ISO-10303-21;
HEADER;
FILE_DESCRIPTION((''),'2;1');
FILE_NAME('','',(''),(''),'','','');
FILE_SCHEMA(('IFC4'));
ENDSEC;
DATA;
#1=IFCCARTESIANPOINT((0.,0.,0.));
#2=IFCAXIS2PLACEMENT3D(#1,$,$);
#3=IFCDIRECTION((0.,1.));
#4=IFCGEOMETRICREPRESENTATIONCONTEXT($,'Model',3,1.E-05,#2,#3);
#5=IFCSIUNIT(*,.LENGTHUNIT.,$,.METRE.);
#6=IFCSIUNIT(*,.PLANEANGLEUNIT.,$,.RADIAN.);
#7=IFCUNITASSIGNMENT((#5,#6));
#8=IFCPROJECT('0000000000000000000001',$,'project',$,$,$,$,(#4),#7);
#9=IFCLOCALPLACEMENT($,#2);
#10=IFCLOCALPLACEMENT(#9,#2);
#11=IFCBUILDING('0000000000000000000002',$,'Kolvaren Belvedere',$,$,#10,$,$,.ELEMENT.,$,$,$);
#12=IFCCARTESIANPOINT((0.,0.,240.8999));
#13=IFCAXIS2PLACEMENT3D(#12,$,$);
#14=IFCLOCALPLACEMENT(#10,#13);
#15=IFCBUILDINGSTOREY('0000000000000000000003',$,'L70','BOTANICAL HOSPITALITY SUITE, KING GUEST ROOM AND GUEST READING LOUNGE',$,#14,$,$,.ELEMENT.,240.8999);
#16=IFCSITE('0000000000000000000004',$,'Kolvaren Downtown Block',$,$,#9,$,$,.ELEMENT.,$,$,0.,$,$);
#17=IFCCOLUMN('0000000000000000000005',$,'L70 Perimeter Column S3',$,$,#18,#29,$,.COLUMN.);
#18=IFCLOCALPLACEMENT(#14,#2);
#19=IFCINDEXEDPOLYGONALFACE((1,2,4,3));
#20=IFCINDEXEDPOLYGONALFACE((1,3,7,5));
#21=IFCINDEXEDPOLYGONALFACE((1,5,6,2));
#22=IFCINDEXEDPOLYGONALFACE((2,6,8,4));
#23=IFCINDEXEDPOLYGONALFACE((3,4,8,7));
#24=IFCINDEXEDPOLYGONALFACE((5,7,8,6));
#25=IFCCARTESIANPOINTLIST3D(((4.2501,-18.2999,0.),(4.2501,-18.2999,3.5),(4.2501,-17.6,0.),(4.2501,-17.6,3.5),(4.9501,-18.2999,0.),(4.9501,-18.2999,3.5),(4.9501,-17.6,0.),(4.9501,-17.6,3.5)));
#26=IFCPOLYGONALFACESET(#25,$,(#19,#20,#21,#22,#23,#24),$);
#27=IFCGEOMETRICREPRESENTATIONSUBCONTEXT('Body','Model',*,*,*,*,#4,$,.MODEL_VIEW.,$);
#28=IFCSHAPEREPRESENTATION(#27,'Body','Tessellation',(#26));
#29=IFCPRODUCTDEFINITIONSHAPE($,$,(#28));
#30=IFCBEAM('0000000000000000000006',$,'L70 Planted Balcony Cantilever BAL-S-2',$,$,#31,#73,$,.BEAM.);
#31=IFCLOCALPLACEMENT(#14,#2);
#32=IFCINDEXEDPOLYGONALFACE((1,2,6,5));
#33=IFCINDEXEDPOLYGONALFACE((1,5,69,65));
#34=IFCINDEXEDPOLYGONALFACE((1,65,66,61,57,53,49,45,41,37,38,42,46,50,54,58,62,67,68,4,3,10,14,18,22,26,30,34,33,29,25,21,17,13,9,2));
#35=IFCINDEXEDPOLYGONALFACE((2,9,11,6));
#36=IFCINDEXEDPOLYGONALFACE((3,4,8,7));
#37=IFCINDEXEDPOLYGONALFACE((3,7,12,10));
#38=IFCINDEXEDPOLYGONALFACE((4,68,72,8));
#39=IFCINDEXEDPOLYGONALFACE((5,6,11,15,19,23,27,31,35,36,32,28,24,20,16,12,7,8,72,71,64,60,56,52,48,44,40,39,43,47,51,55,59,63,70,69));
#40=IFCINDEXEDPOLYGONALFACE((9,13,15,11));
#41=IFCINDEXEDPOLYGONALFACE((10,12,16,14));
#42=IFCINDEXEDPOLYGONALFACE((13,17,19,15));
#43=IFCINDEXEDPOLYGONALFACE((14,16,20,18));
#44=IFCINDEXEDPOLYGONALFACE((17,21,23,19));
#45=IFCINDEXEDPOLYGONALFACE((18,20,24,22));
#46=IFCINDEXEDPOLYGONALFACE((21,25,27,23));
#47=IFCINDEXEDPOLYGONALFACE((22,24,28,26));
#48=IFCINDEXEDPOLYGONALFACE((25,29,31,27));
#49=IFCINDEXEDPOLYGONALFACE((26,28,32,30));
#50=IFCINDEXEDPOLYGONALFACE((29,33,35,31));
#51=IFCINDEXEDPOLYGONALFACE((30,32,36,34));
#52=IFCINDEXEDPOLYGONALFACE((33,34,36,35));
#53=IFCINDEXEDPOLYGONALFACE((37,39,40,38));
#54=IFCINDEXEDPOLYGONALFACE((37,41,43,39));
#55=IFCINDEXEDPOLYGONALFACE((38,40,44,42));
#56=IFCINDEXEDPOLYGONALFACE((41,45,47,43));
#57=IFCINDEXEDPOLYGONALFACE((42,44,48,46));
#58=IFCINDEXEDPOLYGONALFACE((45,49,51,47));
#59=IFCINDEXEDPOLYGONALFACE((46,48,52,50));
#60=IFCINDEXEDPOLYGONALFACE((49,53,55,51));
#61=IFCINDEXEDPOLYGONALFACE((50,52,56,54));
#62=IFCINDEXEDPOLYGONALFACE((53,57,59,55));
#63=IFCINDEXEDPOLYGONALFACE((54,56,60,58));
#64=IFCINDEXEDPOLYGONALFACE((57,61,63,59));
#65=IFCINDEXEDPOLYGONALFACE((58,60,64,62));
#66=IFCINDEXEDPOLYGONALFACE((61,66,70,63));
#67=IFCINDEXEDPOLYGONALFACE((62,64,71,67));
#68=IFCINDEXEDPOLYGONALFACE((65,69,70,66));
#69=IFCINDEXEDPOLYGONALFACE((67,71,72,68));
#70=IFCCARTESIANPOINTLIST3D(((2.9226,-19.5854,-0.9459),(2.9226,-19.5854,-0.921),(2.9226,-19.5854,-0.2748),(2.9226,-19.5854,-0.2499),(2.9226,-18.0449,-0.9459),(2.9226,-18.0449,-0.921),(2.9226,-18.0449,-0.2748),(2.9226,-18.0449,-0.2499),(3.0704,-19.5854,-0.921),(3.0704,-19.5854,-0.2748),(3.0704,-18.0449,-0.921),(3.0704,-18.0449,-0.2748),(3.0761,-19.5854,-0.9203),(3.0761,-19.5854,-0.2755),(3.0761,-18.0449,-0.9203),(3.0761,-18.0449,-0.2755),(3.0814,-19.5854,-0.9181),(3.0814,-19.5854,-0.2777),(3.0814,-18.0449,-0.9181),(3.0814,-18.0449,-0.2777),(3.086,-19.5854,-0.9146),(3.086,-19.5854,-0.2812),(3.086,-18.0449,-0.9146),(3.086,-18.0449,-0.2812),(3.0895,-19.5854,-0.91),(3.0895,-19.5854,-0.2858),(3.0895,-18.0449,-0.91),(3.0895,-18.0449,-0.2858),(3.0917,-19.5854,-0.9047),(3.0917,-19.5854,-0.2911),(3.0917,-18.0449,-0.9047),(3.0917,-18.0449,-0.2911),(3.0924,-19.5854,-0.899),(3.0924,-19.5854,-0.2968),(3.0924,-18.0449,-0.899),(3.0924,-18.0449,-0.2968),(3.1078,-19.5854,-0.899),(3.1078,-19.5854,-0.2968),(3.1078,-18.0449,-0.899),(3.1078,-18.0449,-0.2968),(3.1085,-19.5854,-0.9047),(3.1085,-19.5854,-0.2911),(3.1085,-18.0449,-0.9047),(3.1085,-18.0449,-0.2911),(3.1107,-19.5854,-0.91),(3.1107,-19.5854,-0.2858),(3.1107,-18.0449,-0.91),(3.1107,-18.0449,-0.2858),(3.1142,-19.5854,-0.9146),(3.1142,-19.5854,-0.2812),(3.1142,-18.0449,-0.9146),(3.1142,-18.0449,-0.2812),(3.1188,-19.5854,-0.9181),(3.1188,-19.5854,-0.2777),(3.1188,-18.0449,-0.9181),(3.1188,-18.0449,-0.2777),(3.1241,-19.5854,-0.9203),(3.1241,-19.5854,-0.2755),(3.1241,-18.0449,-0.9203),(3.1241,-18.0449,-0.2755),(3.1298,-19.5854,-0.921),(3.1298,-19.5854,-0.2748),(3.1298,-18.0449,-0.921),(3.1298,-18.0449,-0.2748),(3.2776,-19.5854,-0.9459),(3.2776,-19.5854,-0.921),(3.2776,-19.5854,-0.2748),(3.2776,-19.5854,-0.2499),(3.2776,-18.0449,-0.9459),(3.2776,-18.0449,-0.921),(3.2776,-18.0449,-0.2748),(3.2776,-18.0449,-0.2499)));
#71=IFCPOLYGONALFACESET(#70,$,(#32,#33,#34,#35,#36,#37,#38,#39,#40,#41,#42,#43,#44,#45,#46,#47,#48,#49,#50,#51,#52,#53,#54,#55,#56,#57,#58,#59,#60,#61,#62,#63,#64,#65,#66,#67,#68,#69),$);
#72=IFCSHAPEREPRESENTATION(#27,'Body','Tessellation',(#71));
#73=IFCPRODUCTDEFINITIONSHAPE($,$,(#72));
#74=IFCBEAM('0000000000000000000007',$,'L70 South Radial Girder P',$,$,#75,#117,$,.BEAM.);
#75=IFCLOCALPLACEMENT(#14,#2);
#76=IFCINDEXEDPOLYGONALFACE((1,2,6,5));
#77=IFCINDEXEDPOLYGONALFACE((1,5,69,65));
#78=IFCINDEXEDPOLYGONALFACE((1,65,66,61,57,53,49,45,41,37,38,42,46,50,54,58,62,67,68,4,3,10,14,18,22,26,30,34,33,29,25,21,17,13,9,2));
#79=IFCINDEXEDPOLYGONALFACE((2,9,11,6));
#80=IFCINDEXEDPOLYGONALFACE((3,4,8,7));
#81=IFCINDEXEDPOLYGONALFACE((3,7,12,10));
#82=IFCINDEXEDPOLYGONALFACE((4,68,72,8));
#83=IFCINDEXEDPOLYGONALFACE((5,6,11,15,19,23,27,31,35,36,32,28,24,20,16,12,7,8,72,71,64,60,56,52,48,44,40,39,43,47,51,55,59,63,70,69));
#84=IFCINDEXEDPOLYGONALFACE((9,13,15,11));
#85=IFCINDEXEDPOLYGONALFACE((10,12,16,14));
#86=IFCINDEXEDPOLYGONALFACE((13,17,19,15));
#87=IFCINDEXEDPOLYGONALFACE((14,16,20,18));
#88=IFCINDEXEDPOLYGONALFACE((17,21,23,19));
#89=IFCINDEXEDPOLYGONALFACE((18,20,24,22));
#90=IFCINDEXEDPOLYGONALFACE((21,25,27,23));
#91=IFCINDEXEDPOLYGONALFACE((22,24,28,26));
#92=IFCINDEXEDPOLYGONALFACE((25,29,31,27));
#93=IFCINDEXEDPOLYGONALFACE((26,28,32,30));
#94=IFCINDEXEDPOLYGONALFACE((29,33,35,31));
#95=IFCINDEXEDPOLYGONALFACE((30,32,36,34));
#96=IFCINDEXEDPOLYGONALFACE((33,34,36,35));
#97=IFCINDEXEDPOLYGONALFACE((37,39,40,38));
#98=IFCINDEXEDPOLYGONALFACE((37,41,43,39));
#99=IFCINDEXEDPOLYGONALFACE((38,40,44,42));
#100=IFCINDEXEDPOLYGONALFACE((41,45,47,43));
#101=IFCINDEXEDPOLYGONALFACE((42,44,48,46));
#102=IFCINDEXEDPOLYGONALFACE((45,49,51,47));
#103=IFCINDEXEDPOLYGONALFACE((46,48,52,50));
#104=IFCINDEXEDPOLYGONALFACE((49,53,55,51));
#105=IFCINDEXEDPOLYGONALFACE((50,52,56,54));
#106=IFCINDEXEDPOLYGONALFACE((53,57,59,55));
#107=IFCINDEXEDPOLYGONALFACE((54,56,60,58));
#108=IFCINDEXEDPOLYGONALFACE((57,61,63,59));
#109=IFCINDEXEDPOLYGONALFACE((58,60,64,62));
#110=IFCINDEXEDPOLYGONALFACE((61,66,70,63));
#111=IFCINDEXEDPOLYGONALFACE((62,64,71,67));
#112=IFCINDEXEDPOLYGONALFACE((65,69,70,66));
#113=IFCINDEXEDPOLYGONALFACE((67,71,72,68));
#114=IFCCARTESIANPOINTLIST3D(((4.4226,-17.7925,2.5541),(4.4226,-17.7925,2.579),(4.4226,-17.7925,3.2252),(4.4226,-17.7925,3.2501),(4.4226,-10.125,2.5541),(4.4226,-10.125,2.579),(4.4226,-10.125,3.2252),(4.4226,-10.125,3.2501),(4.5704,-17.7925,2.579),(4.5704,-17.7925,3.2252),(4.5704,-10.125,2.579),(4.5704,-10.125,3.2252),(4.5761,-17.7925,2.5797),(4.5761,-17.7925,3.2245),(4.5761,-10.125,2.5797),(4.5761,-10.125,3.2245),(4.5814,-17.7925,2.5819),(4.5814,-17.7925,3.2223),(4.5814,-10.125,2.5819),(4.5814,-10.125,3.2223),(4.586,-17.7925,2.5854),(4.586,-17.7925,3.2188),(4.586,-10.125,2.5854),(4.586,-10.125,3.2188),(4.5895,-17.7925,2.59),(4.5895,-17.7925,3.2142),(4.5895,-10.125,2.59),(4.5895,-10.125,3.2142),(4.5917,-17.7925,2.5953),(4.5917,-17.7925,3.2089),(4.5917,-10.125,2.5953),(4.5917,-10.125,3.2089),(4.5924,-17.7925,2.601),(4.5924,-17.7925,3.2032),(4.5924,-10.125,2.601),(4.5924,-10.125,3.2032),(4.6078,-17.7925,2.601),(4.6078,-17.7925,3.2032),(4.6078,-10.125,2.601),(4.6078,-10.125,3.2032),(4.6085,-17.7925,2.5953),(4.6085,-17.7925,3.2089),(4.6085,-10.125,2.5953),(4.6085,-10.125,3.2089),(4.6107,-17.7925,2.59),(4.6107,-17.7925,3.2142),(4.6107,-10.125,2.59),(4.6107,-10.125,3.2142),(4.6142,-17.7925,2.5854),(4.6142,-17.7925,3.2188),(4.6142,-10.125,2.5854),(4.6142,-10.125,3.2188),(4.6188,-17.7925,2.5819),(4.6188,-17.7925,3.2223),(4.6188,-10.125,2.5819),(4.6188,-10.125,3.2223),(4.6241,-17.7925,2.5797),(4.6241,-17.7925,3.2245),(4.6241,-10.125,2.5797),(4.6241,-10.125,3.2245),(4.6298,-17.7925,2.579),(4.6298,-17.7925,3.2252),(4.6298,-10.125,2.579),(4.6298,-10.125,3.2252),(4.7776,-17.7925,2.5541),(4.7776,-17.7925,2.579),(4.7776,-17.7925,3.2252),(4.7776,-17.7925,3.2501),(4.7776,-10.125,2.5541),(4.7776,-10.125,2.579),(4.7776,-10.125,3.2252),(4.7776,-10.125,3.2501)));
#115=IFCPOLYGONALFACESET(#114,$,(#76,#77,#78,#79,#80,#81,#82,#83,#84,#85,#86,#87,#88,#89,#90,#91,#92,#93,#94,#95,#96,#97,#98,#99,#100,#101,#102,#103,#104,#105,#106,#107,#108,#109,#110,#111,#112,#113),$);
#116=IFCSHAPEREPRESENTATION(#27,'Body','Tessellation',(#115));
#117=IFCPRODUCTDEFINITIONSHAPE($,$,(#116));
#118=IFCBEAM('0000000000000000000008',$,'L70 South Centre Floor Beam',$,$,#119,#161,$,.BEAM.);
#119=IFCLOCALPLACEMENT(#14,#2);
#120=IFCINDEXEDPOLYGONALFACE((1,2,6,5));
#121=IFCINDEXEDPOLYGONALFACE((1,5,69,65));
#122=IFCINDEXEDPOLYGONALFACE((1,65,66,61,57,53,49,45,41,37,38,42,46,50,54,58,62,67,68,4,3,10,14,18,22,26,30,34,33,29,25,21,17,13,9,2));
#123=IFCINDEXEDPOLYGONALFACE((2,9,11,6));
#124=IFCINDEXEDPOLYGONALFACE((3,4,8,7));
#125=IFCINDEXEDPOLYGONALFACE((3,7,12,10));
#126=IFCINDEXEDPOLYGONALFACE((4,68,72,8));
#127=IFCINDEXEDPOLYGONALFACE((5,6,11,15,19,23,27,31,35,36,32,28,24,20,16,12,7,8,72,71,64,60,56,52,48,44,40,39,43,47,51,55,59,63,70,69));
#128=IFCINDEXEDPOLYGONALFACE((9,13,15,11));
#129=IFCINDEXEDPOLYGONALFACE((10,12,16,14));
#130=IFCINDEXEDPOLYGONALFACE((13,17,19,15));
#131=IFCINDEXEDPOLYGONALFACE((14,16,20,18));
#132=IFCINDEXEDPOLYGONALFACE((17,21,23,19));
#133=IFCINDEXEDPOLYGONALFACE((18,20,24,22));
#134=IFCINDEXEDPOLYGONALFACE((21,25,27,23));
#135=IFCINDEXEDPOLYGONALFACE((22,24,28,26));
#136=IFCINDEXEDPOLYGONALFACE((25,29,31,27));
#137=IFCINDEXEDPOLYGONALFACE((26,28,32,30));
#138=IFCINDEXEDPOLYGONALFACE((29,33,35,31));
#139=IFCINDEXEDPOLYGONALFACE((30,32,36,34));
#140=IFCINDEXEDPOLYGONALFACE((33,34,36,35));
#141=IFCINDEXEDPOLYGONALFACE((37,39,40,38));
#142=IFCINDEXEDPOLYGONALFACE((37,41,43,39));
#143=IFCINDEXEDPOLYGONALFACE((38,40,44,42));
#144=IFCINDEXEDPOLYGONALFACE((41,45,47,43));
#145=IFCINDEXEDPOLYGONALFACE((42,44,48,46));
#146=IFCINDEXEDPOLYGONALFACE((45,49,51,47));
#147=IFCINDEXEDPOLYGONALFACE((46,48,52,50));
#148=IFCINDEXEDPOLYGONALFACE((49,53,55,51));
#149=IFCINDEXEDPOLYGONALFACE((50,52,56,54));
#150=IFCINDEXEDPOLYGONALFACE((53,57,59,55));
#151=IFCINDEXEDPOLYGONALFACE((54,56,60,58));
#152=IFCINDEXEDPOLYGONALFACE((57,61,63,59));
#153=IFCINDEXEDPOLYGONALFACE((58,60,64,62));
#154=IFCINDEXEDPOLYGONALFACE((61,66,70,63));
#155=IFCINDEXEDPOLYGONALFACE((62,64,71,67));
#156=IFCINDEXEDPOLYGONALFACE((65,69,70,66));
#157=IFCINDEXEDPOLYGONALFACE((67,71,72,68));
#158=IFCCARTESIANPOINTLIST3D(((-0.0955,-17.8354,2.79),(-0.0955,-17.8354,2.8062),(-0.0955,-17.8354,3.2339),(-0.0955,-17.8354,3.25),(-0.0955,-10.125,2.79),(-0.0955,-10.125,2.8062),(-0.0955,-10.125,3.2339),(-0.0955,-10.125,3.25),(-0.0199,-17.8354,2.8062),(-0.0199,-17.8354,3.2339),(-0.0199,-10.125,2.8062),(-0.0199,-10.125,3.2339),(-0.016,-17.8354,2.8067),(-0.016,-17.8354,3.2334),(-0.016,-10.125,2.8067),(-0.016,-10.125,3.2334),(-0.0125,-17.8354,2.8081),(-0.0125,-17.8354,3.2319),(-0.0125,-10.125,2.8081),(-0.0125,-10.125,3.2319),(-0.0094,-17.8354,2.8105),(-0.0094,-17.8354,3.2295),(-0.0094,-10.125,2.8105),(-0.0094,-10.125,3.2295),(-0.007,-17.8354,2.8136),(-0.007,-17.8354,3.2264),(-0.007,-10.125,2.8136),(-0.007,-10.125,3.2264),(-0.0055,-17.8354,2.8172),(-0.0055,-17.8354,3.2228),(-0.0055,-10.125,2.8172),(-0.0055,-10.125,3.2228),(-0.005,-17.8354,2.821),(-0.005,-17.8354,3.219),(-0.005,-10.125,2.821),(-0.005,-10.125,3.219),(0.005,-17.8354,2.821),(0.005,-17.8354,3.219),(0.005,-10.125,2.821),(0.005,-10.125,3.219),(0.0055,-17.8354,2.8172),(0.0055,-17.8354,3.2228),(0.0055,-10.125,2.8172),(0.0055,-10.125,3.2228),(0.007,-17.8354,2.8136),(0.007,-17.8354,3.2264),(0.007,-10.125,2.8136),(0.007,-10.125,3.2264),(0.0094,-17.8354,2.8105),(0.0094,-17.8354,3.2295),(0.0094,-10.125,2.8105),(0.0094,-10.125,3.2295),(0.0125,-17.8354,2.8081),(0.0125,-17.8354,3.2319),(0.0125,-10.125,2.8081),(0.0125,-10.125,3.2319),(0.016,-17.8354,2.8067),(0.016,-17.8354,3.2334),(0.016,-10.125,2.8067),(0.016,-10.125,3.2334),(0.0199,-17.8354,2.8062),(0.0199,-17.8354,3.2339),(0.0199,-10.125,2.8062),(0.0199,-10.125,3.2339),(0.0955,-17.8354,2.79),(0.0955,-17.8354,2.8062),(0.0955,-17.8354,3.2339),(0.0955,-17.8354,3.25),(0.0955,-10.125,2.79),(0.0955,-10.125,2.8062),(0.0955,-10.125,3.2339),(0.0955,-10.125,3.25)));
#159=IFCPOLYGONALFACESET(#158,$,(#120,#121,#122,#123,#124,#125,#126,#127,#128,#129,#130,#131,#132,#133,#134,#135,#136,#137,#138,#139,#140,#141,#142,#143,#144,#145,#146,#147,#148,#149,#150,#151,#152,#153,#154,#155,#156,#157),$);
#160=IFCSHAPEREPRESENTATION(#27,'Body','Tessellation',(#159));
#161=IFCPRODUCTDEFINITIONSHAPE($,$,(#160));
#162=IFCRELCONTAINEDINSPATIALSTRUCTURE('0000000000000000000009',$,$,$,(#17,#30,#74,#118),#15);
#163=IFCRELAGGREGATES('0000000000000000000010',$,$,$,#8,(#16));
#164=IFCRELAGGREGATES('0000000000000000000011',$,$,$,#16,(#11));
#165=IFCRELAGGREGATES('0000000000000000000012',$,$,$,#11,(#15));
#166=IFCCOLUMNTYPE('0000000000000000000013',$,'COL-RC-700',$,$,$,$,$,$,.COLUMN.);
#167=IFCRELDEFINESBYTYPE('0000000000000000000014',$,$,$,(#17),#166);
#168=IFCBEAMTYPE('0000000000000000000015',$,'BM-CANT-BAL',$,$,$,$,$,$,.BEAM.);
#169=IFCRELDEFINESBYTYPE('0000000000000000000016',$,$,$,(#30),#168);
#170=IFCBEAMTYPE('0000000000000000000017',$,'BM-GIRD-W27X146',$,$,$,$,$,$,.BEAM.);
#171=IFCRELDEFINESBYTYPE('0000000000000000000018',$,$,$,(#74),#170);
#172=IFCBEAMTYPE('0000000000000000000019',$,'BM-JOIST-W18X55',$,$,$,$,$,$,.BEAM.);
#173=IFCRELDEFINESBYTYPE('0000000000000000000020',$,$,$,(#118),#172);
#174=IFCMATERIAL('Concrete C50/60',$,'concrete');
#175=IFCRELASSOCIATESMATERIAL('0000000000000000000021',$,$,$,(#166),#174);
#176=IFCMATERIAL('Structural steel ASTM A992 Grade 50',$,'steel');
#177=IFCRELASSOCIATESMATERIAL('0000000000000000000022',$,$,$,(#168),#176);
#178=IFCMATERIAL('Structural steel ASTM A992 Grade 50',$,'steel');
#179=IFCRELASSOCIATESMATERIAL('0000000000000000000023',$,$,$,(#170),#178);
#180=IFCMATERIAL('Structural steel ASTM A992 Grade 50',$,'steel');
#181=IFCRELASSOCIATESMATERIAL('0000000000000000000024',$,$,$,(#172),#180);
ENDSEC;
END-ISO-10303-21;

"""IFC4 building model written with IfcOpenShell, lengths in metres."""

from ifc_helpers import new_model, si_unit, direction, frame, origin, origin_2d, place, context, subcontext, project, spatial, rectangle, i_section, extrude, material, material_profile, profile_set, type_object, element, save


model = new_model("IFC4")

# Units and contexts
model_context = context("Model", 3, precision=1e-05, world=origin(), true_north=direction((0.0, 1.0)))
body_context = subcontext(model_context, "Body", "Model", "MODEL_VIEW")
ifc_project = project(units=[si_unit("LENGTHUNIT", "METRE"), si_unit("PLANEANGLEUNIT", "RADIAN")], contexts=[model_context])

# Site, building, storey
site_placement = place(None, origin())
site = spatial("IfcSite", under=ifc_project, at=site_placement, Name="Kolvaren Downtown Block", CompositionType="ELEMENT", RefElevation=0.0)
building_placement = place(site_placement, origin())
building = spatial("IfcBuilding", under=site, at=building_placement, Name="Kolvaren Belvedere", CompositionType="ELEMENT")
storey_placement = place(building_placement, frame((0.0, 0.0, 240.8999)))
storey = spatial("IfcBuildingStorey", under=building, at=storey_placement, Name="L70", Description="BOTANICAL HOSPITALITY SUITE, KING GUEST ROOM AND GUEST READING LOUNGE", CompositionType="ELEMENT", Elevation=240.8999)

# Column
ifc_material_1 = material(Name="Concrete C50/60", Category="concrete")
ifc_material_profile_1 = material_profile(ifc_material_1, rectangle(XDim=0.7, YDim=0.7, at=origin_2d()), Name="RC 700X700")
ifc_profile_set_1 = profile_set([ifc_material_profile_1], Name="Concrete C50/60")
column_type = type_object("IfcColumnType", Name="COL-RC-700", PredefinedType="COLUMN", material=ifc_profile_set_1)
column_placement = place(storey_placement, frame((4.6001, -17.95, 0.0), z_axis=(0.0, 0.0, 1.0), x_axis=(1.0, 0.0, 0.0)))
element("IfcColumn", 1, at=column_placement, inside=storey, type_object=column_type, Name="L70 Perimeter Column S3", PredefinedType="COLUMN", context=body_context, shape_type="SweptSolid", body=[
    extrude(rectangle(XDim=0.7, YDim=0.7, at=origin_2d()), origin(), (0.0, 0.0, 1.0), 3.5),
])

# Beams
ifc_material_2 = material(Name="Structural steel ASTM A992 Grade 50", Category="steel")
ifc_material_profile_2 = material_profile(ifc_material_2, i_section(OverallWidth=0.355, OverallDepth=0.696, WebThickness=0.0154, FlangeThickness=0.0249, FilletRadius=0.022, at=origin_2d()), Name="W27X146")
ifc_profile_set_2 = profile_set([ifc_material_profile_2], Name="Structural steel ASTM A992 Grade 50")
beam_type_1 = type_object("IfcBeamType", Name="BM-CANT-BAL", PredefinedType="BEAM", material=ifc_profile_set_2)
beam_1_placement = place(storey_placement, frame((3.1001, -18.0449, -0.5979), z_axis=(0.0, -1.0, 0.0), x_axis=(1.0, 0.0, 0.0)))
element("IfcBeam", 2, at=beam_1_placement, inside=storey, type_object=beam_type_1, Name="L70 Planted Balcony Cantilever BAL-S-2", PredefinedType="BEAM", context=body_context, shape_type="SweptSolid", body=[
    extrude(i_section(OverallWidth=0.355, OverallDepth=0.696, WebThickness=0.0154, FlangeThickness=0.0249, FilletRadius=0.022, at=origin_2d()), origin(), (0.0, 0.0, 1.0), 1.5405),
])
ifc_material_3 = material(Name="Structural steel ASTM A992 Grade 50", Category="steel")
ifc_material_profile_3 = material_profile(ifc_material_3, i_section(OverallWidth=0.355, OverallDepth=0.696, WebThickness=0.0154, FlangeThickness=0.0249, FilletRadius=0.022, at=origin_2d()), Name="W27X146")
ifc_profile_set_3 = profile_set([ifc_material_profile_3], Name="Structural steel ASTM A992 Grade 50")
beam_type_2 = type_object("IfcBeamType", Name="BM-GIRD-W27X146", PredefinedType="BEAM", material=ifc_profile_set_3)
beam_2_placement = place(storey_placement, frame((4.6001, -10.125, 2.9021), z_axis=(0.0, -1.0, 0.0), x_axis=(1.0, 0.0, 0.0)))
element("IfcBeam", 3, at=beam_2_placement, inside=storey, type_object=beam_type_2, Name="L70 South Radial Girder P", PredefinedType="BEAM", context=body_context, shape_type="SweptSolid", body=[
    extrude(i_section(OverallWidth=0.355, OverallDepth=0.696, WebThickness=0.0154, FlangeThickness=0.0249, FilletRadius=0.022, at=origin_2d()), origin(), (0.0, 0.0, 1.0), 7.6675),
])
ifc_material_4 = material(Name="Structural steel ASTM A992 Grade 50", Category="steel")
ifc_material_profile_4 = material_profile(ifc_material_4, i_section(OverallWidth=0.1909, OverallDepth=0.46, WebThickness=0.01, FlangeThickness=0.0161, FilletRadius=0.0149, at=origin_2d()), Name="W18X55")
ifc_profile_set_4 = profile_set([ifc_material_profile_4], Name="Structural steel ASTM A992 Grade 50")
beam_type_3 = type_object("IfcBeamType", Name="BM-JOIST-W18X55", PredefinedType="BEAM", material=ifc_profile_set_4)
beam_3_placement = place(storey_placement, frame((0.0, -10.125, 3.02), z_axis=(0.0, -1.0, 0.0), x_axis=(1.0, 0.0, 0.0)))
element("IfcBeam", 4, at=beam_3_placement, inside=storey, type_object=beam_type_3, Name="L70 South Centre Floor Beam", PredefinedType="BEAM", context=body_context, shape_type="SweptSolid", body=[
    extrude(i_section(OverallWidth=0.1909, OverallDepth=0.46, WebThickness=0.01, FlangeThickness=0.0161, FilletRadius=0.0149, at=origin_2d()), origin(), (0.0, 0.0, 1.0), 7.7104),
])

save(model, "model.ifc")
